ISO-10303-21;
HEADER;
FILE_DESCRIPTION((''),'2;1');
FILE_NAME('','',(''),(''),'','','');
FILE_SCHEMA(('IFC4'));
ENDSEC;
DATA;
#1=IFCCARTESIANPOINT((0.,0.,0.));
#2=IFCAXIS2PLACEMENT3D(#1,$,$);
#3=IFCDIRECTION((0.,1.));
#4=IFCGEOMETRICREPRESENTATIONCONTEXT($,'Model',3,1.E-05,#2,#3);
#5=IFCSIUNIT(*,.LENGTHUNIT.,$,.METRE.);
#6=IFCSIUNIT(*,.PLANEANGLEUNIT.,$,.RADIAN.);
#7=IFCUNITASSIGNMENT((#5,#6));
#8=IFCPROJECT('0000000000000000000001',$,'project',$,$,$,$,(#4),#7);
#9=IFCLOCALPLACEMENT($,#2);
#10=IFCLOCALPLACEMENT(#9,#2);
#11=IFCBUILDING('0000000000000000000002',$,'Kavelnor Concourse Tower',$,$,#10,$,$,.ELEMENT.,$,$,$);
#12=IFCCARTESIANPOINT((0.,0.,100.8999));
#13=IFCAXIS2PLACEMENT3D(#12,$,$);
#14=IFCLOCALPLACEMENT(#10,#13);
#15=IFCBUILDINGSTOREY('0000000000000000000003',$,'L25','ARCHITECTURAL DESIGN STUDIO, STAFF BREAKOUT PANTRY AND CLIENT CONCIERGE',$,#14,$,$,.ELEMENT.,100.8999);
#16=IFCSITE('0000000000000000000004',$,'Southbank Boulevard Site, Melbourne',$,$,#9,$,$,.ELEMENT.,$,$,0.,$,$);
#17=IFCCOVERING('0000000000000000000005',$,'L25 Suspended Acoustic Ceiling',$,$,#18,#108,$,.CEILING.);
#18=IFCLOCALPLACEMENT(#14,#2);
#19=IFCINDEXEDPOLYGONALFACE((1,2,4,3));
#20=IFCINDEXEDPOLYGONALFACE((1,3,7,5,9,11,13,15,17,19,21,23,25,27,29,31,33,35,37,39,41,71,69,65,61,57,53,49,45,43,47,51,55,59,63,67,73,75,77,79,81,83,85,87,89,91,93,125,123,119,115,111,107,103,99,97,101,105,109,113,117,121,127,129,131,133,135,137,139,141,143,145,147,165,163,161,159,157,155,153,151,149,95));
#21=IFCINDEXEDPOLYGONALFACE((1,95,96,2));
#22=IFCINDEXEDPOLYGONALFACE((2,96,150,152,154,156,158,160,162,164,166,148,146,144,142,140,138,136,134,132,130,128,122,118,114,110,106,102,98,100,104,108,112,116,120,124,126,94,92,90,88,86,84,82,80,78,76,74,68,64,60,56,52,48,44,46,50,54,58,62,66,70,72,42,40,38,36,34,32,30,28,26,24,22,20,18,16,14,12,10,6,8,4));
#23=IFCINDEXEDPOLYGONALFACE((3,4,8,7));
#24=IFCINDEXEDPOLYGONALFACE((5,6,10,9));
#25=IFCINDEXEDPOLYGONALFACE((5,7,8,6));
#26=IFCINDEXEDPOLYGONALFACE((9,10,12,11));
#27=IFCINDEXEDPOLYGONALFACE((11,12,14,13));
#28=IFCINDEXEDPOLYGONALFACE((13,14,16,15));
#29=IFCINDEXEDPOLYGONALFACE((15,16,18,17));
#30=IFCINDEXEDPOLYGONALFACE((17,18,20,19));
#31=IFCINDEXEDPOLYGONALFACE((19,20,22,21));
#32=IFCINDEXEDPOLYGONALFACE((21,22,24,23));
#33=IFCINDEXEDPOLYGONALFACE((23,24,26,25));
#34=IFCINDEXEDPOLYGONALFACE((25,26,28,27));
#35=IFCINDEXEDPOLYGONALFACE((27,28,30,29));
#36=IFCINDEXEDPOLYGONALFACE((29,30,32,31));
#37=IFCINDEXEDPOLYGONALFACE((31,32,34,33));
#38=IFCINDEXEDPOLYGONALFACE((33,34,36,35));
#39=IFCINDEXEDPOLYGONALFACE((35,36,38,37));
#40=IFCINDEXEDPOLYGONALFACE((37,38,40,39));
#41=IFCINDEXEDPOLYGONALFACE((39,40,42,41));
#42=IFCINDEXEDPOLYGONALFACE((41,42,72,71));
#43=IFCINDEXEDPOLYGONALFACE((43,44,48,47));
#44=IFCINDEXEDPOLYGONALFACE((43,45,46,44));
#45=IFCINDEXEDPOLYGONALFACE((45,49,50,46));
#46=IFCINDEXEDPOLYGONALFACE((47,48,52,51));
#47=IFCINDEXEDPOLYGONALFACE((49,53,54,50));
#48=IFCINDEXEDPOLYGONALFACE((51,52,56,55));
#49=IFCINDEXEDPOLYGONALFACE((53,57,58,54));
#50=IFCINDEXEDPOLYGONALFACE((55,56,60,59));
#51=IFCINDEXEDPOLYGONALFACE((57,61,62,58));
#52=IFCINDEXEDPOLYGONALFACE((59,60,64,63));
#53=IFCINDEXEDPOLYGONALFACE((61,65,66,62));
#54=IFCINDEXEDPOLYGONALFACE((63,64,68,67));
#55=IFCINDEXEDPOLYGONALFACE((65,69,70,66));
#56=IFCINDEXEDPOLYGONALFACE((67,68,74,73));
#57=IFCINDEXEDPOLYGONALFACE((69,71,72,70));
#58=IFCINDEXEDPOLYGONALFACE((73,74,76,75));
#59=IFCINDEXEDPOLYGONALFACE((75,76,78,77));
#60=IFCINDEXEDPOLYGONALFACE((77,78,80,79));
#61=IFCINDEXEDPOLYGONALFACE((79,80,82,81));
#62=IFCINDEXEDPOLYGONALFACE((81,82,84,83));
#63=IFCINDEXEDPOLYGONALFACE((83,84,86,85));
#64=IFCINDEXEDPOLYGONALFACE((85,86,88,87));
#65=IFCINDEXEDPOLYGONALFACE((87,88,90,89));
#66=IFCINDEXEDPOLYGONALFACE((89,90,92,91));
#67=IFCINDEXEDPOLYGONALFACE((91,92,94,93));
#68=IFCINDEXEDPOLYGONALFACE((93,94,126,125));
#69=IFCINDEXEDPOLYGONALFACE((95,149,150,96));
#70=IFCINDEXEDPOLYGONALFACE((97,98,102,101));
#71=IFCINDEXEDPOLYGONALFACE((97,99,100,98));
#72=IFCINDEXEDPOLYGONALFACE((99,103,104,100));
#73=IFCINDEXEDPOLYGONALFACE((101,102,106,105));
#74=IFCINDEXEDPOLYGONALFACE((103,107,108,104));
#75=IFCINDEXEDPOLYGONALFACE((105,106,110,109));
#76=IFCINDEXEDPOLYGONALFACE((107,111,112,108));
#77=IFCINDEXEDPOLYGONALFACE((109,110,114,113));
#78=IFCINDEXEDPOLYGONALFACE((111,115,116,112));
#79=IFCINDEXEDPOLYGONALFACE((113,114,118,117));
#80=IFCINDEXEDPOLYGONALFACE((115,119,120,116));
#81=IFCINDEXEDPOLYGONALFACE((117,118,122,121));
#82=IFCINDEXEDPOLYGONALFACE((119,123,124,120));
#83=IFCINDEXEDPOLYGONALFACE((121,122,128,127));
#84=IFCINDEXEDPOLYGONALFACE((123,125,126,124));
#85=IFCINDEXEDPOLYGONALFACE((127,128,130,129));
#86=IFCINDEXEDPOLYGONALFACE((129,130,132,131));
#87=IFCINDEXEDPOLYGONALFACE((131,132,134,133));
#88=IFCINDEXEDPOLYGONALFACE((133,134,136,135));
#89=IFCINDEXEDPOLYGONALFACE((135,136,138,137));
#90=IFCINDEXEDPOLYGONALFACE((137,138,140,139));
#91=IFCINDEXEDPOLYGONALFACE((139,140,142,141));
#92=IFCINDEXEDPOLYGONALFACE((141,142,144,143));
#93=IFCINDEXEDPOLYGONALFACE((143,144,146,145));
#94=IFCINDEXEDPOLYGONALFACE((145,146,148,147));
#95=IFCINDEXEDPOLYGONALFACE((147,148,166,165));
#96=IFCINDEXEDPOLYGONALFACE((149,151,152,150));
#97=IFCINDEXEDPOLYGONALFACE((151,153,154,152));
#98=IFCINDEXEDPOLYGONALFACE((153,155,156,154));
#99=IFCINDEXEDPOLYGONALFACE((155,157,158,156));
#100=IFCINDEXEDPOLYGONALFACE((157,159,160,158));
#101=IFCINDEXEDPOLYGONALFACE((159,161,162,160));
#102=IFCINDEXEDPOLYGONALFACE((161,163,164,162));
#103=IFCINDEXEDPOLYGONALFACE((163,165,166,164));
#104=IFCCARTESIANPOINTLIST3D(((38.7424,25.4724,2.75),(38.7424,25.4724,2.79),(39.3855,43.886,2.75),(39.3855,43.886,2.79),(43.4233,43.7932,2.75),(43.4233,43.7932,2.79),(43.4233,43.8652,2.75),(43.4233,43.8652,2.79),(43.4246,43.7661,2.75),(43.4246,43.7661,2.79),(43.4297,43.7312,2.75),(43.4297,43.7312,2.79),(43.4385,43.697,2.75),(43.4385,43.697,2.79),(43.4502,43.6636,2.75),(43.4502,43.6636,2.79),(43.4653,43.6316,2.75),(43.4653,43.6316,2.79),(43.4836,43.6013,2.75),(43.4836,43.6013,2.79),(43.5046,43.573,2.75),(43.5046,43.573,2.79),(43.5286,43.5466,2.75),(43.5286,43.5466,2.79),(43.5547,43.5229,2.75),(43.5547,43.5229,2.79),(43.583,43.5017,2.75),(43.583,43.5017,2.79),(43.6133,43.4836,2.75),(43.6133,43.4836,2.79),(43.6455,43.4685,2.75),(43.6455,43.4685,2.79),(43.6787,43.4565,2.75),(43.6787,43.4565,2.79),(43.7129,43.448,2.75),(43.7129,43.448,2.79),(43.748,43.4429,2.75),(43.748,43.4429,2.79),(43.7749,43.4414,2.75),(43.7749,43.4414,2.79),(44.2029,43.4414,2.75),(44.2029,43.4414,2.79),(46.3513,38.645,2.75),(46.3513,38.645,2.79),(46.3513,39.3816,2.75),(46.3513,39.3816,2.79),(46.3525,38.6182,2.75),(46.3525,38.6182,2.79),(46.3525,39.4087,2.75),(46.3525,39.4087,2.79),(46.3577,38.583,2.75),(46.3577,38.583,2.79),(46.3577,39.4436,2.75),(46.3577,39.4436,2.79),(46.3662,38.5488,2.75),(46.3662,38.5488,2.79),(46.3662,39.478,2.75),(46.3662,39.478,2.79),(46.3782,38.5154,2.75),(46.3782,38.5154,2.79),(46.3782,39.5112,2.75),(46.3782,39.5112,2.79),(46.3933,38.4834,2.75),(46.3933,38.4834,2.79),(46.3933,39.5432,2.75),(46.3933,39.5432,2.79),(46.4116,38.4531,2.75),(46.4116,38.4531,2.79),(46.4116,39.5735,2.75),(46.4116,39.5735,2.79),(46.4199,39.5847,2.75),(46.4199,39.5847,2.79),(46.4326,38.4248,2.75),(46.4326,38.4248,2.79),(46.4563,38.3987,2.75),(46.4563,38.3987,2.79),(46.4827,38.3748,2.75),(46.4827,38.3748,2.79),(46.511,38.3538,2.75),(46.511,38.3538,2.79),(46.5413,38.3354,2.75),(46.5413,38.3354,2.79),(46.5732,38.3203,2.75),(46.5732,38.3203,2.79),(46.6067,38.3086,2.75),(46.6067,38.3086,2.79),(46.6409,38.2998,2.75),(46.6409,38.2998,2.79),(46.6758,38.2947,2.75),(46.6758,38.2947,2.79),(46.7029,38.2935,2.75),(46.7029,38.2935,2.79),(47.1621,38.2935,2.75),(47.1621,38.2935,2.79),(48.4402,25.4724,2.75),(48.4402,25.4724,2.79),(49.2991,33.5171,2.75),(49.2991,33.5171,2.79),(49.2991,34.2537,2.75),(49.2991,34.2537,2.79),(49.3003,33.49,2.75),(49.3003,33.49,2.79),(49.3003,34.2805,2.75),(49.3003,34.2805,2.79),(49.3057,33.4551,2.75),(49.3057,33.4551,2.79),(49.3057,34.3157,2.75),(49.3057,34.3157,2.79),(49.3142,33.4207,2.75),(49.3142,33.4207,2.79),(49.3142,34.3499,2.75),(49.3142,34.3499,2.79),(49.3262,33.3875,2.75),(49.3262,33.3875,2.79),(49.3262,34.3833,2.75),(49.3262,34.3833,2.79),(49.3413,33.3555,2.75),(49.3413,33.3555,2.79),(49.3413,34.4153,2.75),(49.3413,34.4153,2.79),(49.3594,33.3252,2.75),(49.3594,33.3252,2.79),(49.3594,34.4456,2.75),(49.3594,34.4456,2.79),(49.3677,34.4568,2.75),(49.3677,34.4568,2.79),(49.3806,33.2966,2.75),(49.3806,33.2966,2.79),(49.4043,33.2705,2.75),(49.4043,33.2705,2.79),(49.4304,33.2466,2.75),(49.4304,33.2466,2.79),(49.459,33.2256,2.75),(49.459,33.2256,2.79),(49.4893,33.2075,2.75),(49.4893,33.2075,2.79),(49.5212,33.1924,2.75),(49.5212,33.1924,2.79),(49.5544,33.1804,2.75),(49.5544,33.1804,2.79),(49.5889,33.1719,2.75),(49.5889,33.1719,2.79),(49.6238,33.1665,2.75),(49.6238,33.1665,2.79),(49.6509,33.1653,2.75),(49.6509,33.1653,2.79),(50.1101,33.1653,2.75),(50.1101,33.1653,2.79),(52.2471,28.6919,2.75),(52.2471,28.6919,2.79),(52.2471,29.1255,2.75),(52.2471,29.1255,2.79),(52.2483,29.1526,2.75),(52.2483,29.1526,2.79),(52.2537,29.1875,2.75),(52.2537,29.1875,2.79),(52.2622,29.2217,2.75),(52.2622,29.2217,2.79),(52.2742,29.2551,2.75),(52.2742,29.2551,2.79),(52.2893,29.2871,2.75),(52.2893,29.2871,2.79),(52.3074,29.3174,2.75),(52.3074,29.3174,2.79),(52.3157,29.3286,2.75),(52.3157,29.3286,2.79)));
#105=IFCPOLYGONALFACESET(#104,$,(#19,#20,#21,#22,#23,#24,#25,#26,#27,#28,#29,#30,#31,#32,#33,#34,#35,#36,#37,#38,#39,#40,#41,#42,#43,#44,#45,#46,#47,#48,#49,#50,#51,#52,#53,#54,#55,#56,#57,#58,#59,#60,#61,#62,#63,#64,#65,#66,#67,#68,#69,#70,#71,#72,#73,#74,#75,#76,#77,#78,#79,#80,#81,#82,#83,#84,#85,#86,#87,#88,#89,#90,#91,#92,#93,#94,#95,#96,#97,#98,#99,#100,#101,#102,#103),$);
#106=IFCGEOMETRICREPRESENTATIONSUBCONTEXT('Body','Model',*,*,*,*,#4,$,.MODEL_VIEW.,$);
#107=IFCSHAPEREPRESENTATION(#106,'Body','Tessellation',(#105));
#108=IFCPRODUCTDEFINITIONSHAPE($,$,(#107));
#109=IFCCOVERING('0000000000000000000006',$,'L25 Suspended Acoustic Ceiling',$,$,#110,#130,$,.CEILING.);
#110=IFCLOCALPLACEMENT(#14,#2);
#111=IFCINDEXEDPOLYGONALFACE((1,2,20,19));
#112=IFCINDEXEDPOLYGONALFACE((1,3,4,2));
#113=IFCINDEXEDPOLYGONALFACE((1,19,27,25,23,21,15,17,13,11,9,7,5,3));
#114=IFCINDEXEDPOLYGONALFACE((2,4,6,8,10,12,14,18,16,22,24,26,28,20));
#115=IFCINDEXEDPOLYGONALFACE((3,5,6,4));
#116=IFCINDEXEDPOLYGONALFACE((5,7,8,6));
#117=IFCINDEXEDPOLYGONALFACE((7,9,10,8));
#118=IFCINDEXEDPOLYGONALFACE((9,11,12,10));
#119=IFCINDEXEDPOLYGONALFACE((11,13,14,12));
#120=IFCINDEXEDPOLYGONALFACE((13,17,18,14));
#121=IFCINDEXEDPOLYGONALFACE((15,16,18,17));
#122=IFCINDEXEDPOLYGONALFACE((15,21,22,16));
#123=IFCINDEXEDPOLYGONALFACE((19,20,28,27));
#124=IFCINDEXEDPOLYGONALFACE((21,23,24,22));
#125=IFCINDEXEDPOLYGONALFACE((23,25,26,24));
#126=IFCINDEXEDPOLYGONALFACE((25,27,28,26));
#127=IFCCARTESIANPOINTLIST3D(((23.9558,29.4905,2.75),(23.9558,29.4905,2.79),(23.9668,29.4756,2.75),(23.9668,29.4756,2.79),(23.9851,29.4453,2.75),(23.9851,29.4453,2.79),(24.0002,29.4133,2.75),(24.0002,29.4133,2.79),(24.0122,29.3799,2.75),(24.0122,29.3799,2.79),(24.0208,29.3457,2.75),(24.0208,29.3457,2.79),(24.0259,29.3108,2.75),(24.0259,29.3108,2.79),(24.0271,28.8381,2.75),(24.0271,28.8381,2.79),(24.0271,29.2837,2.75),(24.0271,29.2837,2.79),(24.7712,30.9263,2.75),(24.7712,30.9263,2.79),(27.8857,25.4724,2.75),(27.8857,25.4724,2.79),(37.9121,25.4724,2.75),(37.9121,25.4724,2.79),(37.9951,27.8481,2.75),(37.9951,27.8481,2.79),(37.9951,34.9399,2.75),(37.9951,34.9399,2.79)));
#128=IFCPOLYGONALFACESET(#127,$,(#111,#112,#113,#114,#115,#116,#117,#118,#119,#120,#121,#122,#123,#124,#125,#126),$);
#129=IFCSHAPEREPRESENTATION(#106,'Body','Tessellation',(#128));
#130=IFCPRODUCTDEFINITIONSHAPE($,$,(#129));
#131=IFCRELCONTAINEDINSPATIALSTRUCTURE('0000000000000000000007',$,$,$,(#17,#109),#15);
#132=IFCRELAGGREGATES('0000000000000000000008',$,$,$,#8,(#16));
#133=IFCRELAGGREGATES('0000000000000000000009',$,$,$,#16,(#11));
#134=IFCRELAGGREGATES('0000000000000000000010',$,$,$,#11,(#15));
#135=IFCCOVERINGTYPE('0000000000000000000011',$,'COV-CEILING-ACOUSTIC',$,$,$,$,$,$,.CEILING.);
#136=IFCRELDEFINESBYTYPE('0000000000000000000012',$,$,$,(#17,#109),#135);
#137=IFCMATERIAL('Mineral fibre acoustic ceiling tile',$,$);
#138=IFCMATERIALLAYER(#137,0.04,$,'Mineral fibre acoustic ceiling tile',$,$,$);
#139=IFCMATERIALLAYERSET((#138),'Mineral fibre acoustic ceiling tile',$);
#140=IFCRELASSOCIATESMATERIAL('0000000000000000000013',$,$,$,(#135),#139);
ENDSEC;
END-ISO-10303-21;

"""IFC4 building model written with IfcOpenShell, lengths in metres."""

from ifc_helpers import new_model, si_unit, direction, frame, origin, place, context, subcontext, project, spatial, polyline, outline, extrude, material, layer, layer_set, type_object, element, save


model = new_model("IFC4")

# Units and contexts
model_context = context("Model", 3, precision=1e-05, world=origin(), true_north=direction((0.0, 1.0)))
body_context = subcontext(model_context, "Body", "Model", "MODEL_VIEW")
ifc_project = project(units=[si_unit("LENGTHUNIT", "METRE"), si_unit("PLANEANGLEUNIT", "RADIAN")], contexts=[model_context])

# Site, building, storey
site_placement = place(None, origin())
site = spatial("IfcSite", under=ifc_project, at=site_placement, Name="Southbank Boulevard Site, Melbourne", CompositionType="ELEMENT", RefElevation=0.0)
building_placement = place(site_placement, origin())
building = spatial("IfcBuilding", under=site, at=building_placement, Name="Kavelnor Concourse Tower", CompositionType="ELEMENT")
storey_placement = place(building_placement, frame((0.0, 0.0, 100.8999)))
storey = spatial("IfcBuildingStorey", under=building, at=storey_placement, Name="L25", Description="ARCHITECTURAL DESIGN STUDIO, STAFF BREAKOUT PANTRY AND CLIENT CONCIERGE", CompositionType="ELEMENT", Elevation=100.8999)

# Coverings
ifc_material_1 = material(Name="Mineral fibre acoustic ceiling tile")
ifc_layer_1 = layer(ifc_material_1, 0.04, Name="Mineral fibre acoustic ceiling tile")
ifc_layer_set_1 = layer_set([ifc_layer_1], Name="Mineral fibre acoustic ceiling tile")
covering_type_1 = type_object("IfcCoveringType", Name="COV-CEILING-ACOUSTIC", PredefinedType="CEILING", material=ifc_layer_set_1)
covering_1_placement = place(storey_placement, frame((0.0, 0.0, 2.75)))
element("IfcCovering", 1, at=covering_1_placement, inside=storey, type_object=covering_type_1, Name="L25 Suspended Acoustic Ceiling", PredefinedType="CEILING", context=body_context, shape_type="SweptSolid", body=[
    extrude(outline(polyline([(46.3782, 39.5112), (46.3662, 39.478), (46.3577, 39.4436), (46.3525, 39.4087), (46.3513, 39.3816), (46.3513, 38.645), (46.3525, 38.6182), (46.3577, 38.583), (46.3662, 38.5488), (46.3782, 38.5154), (46.3933, 38.4834), (46.4116, 38.4531), (46.4326, 38.4248), (46.4563, 38.3987), (46.4827, 38.3748), (46.511, 38.3538), (46.5413, 38.3354), (46.5732, 38.3203), (46.6067, 38.3086), (46.6409, 38.2998), (46.6758, 38.2947), (46.7029, 38.2935), (47.1621, 38.2935), (49.3677, 34.4568), (49.3594, 34.4456), (49.3413, 34.4153), (49.3262, 34.3833), (49.3142, 34.3499), (49.3057, 34.3157), (49.3003, 34.2805), (49.2991, 34.2537), (49.2991, 33.5171), (49.3003, 33.49), (49.3057, 33.4551), (49.3142, 33.4207), (49.3262, 33.3875), (49.3413, 33.3555), (49.3594, 33.3252), (49.3806, 33.2966), (49.4043, 33.2705), (49.4304, 33.2466), (49.459, 33.2256), (49.4893, 33.2075), (49.5212, 33.1924), (49.5544, 33.1804), (49.5889, 33.1719), (49.6238, 33.1665), (49.6509, 33.1653), (50.1101, 33.1653), (52.3157, 29.3286), (52.3074, 29.3174), (52.2893, 29.2871), (52.2742, 29.2551), (52.2622, 29.2217), (52.2537, 29.1875), (52.2483, 29.1526), (52.2471, 29.1255), (52.2471, 28.6919), (48.4402, 25.4724), (38.7424, 25.4724), (39.3855, 43.886), (43.4233, 43.8652), (43.4233, 43.7932), (43.4246, 43.7661), (43.4297, 43.7312), (43.4385, 43.697), (43.4502, 43.6636), (43.4653, 43.6316), (43.4836, 43.6013), (43.5046, 43.573), (43.5286, 43.5466), (43.5547, 43.5229), (43.583, 43.5017), (43.6133, 43.4836), (43.6455, 43.4685), (43.6787, 43.4565), (43.7129, 43.448), (43.748, 43.4429), (43.7749, 43.4414), (44.2029, 43.4414), (46.4199, 39.5847), (46.4116, 39.5735), (46.3933, 39.5432), (46.3782, 39.5112)])), origin(), (0.0, 0.0, 1.0), 0.04),
])
covering_2_placement = place(storey_placement, frame((0.0, 0.0, 2.75)))
element("IfcCovering", 2, at=covering_2_placement, inside=storey, type_object=covering_type_1, Name="L25 Suspended Acoustic Ceiling", PredefinedType="CEILING", context=body_context, shape_type="SweptSolid", body=[
    extrude(outline(polyline([(37.9951, 27.8481), (37.9121, 25.4724), (27.8857, 25.4724), (24.0271, 28.8381), (24.0271, 29.2837), (24.0259, 29.3108), (24.0208, 29.3457), (24.0122, 29.3799), (24.0002, 29.4133), (23.9851, 29.4453), (23.9668, 29.4756), (23.9558, 29.4905), (24.7712, 30.9263), (37.9951, 34.9399), (37.9951, 27.8481)])), origin(), (0.0, 0.0, 1.0), 0.04),
])

save(model, "model.ifc")
